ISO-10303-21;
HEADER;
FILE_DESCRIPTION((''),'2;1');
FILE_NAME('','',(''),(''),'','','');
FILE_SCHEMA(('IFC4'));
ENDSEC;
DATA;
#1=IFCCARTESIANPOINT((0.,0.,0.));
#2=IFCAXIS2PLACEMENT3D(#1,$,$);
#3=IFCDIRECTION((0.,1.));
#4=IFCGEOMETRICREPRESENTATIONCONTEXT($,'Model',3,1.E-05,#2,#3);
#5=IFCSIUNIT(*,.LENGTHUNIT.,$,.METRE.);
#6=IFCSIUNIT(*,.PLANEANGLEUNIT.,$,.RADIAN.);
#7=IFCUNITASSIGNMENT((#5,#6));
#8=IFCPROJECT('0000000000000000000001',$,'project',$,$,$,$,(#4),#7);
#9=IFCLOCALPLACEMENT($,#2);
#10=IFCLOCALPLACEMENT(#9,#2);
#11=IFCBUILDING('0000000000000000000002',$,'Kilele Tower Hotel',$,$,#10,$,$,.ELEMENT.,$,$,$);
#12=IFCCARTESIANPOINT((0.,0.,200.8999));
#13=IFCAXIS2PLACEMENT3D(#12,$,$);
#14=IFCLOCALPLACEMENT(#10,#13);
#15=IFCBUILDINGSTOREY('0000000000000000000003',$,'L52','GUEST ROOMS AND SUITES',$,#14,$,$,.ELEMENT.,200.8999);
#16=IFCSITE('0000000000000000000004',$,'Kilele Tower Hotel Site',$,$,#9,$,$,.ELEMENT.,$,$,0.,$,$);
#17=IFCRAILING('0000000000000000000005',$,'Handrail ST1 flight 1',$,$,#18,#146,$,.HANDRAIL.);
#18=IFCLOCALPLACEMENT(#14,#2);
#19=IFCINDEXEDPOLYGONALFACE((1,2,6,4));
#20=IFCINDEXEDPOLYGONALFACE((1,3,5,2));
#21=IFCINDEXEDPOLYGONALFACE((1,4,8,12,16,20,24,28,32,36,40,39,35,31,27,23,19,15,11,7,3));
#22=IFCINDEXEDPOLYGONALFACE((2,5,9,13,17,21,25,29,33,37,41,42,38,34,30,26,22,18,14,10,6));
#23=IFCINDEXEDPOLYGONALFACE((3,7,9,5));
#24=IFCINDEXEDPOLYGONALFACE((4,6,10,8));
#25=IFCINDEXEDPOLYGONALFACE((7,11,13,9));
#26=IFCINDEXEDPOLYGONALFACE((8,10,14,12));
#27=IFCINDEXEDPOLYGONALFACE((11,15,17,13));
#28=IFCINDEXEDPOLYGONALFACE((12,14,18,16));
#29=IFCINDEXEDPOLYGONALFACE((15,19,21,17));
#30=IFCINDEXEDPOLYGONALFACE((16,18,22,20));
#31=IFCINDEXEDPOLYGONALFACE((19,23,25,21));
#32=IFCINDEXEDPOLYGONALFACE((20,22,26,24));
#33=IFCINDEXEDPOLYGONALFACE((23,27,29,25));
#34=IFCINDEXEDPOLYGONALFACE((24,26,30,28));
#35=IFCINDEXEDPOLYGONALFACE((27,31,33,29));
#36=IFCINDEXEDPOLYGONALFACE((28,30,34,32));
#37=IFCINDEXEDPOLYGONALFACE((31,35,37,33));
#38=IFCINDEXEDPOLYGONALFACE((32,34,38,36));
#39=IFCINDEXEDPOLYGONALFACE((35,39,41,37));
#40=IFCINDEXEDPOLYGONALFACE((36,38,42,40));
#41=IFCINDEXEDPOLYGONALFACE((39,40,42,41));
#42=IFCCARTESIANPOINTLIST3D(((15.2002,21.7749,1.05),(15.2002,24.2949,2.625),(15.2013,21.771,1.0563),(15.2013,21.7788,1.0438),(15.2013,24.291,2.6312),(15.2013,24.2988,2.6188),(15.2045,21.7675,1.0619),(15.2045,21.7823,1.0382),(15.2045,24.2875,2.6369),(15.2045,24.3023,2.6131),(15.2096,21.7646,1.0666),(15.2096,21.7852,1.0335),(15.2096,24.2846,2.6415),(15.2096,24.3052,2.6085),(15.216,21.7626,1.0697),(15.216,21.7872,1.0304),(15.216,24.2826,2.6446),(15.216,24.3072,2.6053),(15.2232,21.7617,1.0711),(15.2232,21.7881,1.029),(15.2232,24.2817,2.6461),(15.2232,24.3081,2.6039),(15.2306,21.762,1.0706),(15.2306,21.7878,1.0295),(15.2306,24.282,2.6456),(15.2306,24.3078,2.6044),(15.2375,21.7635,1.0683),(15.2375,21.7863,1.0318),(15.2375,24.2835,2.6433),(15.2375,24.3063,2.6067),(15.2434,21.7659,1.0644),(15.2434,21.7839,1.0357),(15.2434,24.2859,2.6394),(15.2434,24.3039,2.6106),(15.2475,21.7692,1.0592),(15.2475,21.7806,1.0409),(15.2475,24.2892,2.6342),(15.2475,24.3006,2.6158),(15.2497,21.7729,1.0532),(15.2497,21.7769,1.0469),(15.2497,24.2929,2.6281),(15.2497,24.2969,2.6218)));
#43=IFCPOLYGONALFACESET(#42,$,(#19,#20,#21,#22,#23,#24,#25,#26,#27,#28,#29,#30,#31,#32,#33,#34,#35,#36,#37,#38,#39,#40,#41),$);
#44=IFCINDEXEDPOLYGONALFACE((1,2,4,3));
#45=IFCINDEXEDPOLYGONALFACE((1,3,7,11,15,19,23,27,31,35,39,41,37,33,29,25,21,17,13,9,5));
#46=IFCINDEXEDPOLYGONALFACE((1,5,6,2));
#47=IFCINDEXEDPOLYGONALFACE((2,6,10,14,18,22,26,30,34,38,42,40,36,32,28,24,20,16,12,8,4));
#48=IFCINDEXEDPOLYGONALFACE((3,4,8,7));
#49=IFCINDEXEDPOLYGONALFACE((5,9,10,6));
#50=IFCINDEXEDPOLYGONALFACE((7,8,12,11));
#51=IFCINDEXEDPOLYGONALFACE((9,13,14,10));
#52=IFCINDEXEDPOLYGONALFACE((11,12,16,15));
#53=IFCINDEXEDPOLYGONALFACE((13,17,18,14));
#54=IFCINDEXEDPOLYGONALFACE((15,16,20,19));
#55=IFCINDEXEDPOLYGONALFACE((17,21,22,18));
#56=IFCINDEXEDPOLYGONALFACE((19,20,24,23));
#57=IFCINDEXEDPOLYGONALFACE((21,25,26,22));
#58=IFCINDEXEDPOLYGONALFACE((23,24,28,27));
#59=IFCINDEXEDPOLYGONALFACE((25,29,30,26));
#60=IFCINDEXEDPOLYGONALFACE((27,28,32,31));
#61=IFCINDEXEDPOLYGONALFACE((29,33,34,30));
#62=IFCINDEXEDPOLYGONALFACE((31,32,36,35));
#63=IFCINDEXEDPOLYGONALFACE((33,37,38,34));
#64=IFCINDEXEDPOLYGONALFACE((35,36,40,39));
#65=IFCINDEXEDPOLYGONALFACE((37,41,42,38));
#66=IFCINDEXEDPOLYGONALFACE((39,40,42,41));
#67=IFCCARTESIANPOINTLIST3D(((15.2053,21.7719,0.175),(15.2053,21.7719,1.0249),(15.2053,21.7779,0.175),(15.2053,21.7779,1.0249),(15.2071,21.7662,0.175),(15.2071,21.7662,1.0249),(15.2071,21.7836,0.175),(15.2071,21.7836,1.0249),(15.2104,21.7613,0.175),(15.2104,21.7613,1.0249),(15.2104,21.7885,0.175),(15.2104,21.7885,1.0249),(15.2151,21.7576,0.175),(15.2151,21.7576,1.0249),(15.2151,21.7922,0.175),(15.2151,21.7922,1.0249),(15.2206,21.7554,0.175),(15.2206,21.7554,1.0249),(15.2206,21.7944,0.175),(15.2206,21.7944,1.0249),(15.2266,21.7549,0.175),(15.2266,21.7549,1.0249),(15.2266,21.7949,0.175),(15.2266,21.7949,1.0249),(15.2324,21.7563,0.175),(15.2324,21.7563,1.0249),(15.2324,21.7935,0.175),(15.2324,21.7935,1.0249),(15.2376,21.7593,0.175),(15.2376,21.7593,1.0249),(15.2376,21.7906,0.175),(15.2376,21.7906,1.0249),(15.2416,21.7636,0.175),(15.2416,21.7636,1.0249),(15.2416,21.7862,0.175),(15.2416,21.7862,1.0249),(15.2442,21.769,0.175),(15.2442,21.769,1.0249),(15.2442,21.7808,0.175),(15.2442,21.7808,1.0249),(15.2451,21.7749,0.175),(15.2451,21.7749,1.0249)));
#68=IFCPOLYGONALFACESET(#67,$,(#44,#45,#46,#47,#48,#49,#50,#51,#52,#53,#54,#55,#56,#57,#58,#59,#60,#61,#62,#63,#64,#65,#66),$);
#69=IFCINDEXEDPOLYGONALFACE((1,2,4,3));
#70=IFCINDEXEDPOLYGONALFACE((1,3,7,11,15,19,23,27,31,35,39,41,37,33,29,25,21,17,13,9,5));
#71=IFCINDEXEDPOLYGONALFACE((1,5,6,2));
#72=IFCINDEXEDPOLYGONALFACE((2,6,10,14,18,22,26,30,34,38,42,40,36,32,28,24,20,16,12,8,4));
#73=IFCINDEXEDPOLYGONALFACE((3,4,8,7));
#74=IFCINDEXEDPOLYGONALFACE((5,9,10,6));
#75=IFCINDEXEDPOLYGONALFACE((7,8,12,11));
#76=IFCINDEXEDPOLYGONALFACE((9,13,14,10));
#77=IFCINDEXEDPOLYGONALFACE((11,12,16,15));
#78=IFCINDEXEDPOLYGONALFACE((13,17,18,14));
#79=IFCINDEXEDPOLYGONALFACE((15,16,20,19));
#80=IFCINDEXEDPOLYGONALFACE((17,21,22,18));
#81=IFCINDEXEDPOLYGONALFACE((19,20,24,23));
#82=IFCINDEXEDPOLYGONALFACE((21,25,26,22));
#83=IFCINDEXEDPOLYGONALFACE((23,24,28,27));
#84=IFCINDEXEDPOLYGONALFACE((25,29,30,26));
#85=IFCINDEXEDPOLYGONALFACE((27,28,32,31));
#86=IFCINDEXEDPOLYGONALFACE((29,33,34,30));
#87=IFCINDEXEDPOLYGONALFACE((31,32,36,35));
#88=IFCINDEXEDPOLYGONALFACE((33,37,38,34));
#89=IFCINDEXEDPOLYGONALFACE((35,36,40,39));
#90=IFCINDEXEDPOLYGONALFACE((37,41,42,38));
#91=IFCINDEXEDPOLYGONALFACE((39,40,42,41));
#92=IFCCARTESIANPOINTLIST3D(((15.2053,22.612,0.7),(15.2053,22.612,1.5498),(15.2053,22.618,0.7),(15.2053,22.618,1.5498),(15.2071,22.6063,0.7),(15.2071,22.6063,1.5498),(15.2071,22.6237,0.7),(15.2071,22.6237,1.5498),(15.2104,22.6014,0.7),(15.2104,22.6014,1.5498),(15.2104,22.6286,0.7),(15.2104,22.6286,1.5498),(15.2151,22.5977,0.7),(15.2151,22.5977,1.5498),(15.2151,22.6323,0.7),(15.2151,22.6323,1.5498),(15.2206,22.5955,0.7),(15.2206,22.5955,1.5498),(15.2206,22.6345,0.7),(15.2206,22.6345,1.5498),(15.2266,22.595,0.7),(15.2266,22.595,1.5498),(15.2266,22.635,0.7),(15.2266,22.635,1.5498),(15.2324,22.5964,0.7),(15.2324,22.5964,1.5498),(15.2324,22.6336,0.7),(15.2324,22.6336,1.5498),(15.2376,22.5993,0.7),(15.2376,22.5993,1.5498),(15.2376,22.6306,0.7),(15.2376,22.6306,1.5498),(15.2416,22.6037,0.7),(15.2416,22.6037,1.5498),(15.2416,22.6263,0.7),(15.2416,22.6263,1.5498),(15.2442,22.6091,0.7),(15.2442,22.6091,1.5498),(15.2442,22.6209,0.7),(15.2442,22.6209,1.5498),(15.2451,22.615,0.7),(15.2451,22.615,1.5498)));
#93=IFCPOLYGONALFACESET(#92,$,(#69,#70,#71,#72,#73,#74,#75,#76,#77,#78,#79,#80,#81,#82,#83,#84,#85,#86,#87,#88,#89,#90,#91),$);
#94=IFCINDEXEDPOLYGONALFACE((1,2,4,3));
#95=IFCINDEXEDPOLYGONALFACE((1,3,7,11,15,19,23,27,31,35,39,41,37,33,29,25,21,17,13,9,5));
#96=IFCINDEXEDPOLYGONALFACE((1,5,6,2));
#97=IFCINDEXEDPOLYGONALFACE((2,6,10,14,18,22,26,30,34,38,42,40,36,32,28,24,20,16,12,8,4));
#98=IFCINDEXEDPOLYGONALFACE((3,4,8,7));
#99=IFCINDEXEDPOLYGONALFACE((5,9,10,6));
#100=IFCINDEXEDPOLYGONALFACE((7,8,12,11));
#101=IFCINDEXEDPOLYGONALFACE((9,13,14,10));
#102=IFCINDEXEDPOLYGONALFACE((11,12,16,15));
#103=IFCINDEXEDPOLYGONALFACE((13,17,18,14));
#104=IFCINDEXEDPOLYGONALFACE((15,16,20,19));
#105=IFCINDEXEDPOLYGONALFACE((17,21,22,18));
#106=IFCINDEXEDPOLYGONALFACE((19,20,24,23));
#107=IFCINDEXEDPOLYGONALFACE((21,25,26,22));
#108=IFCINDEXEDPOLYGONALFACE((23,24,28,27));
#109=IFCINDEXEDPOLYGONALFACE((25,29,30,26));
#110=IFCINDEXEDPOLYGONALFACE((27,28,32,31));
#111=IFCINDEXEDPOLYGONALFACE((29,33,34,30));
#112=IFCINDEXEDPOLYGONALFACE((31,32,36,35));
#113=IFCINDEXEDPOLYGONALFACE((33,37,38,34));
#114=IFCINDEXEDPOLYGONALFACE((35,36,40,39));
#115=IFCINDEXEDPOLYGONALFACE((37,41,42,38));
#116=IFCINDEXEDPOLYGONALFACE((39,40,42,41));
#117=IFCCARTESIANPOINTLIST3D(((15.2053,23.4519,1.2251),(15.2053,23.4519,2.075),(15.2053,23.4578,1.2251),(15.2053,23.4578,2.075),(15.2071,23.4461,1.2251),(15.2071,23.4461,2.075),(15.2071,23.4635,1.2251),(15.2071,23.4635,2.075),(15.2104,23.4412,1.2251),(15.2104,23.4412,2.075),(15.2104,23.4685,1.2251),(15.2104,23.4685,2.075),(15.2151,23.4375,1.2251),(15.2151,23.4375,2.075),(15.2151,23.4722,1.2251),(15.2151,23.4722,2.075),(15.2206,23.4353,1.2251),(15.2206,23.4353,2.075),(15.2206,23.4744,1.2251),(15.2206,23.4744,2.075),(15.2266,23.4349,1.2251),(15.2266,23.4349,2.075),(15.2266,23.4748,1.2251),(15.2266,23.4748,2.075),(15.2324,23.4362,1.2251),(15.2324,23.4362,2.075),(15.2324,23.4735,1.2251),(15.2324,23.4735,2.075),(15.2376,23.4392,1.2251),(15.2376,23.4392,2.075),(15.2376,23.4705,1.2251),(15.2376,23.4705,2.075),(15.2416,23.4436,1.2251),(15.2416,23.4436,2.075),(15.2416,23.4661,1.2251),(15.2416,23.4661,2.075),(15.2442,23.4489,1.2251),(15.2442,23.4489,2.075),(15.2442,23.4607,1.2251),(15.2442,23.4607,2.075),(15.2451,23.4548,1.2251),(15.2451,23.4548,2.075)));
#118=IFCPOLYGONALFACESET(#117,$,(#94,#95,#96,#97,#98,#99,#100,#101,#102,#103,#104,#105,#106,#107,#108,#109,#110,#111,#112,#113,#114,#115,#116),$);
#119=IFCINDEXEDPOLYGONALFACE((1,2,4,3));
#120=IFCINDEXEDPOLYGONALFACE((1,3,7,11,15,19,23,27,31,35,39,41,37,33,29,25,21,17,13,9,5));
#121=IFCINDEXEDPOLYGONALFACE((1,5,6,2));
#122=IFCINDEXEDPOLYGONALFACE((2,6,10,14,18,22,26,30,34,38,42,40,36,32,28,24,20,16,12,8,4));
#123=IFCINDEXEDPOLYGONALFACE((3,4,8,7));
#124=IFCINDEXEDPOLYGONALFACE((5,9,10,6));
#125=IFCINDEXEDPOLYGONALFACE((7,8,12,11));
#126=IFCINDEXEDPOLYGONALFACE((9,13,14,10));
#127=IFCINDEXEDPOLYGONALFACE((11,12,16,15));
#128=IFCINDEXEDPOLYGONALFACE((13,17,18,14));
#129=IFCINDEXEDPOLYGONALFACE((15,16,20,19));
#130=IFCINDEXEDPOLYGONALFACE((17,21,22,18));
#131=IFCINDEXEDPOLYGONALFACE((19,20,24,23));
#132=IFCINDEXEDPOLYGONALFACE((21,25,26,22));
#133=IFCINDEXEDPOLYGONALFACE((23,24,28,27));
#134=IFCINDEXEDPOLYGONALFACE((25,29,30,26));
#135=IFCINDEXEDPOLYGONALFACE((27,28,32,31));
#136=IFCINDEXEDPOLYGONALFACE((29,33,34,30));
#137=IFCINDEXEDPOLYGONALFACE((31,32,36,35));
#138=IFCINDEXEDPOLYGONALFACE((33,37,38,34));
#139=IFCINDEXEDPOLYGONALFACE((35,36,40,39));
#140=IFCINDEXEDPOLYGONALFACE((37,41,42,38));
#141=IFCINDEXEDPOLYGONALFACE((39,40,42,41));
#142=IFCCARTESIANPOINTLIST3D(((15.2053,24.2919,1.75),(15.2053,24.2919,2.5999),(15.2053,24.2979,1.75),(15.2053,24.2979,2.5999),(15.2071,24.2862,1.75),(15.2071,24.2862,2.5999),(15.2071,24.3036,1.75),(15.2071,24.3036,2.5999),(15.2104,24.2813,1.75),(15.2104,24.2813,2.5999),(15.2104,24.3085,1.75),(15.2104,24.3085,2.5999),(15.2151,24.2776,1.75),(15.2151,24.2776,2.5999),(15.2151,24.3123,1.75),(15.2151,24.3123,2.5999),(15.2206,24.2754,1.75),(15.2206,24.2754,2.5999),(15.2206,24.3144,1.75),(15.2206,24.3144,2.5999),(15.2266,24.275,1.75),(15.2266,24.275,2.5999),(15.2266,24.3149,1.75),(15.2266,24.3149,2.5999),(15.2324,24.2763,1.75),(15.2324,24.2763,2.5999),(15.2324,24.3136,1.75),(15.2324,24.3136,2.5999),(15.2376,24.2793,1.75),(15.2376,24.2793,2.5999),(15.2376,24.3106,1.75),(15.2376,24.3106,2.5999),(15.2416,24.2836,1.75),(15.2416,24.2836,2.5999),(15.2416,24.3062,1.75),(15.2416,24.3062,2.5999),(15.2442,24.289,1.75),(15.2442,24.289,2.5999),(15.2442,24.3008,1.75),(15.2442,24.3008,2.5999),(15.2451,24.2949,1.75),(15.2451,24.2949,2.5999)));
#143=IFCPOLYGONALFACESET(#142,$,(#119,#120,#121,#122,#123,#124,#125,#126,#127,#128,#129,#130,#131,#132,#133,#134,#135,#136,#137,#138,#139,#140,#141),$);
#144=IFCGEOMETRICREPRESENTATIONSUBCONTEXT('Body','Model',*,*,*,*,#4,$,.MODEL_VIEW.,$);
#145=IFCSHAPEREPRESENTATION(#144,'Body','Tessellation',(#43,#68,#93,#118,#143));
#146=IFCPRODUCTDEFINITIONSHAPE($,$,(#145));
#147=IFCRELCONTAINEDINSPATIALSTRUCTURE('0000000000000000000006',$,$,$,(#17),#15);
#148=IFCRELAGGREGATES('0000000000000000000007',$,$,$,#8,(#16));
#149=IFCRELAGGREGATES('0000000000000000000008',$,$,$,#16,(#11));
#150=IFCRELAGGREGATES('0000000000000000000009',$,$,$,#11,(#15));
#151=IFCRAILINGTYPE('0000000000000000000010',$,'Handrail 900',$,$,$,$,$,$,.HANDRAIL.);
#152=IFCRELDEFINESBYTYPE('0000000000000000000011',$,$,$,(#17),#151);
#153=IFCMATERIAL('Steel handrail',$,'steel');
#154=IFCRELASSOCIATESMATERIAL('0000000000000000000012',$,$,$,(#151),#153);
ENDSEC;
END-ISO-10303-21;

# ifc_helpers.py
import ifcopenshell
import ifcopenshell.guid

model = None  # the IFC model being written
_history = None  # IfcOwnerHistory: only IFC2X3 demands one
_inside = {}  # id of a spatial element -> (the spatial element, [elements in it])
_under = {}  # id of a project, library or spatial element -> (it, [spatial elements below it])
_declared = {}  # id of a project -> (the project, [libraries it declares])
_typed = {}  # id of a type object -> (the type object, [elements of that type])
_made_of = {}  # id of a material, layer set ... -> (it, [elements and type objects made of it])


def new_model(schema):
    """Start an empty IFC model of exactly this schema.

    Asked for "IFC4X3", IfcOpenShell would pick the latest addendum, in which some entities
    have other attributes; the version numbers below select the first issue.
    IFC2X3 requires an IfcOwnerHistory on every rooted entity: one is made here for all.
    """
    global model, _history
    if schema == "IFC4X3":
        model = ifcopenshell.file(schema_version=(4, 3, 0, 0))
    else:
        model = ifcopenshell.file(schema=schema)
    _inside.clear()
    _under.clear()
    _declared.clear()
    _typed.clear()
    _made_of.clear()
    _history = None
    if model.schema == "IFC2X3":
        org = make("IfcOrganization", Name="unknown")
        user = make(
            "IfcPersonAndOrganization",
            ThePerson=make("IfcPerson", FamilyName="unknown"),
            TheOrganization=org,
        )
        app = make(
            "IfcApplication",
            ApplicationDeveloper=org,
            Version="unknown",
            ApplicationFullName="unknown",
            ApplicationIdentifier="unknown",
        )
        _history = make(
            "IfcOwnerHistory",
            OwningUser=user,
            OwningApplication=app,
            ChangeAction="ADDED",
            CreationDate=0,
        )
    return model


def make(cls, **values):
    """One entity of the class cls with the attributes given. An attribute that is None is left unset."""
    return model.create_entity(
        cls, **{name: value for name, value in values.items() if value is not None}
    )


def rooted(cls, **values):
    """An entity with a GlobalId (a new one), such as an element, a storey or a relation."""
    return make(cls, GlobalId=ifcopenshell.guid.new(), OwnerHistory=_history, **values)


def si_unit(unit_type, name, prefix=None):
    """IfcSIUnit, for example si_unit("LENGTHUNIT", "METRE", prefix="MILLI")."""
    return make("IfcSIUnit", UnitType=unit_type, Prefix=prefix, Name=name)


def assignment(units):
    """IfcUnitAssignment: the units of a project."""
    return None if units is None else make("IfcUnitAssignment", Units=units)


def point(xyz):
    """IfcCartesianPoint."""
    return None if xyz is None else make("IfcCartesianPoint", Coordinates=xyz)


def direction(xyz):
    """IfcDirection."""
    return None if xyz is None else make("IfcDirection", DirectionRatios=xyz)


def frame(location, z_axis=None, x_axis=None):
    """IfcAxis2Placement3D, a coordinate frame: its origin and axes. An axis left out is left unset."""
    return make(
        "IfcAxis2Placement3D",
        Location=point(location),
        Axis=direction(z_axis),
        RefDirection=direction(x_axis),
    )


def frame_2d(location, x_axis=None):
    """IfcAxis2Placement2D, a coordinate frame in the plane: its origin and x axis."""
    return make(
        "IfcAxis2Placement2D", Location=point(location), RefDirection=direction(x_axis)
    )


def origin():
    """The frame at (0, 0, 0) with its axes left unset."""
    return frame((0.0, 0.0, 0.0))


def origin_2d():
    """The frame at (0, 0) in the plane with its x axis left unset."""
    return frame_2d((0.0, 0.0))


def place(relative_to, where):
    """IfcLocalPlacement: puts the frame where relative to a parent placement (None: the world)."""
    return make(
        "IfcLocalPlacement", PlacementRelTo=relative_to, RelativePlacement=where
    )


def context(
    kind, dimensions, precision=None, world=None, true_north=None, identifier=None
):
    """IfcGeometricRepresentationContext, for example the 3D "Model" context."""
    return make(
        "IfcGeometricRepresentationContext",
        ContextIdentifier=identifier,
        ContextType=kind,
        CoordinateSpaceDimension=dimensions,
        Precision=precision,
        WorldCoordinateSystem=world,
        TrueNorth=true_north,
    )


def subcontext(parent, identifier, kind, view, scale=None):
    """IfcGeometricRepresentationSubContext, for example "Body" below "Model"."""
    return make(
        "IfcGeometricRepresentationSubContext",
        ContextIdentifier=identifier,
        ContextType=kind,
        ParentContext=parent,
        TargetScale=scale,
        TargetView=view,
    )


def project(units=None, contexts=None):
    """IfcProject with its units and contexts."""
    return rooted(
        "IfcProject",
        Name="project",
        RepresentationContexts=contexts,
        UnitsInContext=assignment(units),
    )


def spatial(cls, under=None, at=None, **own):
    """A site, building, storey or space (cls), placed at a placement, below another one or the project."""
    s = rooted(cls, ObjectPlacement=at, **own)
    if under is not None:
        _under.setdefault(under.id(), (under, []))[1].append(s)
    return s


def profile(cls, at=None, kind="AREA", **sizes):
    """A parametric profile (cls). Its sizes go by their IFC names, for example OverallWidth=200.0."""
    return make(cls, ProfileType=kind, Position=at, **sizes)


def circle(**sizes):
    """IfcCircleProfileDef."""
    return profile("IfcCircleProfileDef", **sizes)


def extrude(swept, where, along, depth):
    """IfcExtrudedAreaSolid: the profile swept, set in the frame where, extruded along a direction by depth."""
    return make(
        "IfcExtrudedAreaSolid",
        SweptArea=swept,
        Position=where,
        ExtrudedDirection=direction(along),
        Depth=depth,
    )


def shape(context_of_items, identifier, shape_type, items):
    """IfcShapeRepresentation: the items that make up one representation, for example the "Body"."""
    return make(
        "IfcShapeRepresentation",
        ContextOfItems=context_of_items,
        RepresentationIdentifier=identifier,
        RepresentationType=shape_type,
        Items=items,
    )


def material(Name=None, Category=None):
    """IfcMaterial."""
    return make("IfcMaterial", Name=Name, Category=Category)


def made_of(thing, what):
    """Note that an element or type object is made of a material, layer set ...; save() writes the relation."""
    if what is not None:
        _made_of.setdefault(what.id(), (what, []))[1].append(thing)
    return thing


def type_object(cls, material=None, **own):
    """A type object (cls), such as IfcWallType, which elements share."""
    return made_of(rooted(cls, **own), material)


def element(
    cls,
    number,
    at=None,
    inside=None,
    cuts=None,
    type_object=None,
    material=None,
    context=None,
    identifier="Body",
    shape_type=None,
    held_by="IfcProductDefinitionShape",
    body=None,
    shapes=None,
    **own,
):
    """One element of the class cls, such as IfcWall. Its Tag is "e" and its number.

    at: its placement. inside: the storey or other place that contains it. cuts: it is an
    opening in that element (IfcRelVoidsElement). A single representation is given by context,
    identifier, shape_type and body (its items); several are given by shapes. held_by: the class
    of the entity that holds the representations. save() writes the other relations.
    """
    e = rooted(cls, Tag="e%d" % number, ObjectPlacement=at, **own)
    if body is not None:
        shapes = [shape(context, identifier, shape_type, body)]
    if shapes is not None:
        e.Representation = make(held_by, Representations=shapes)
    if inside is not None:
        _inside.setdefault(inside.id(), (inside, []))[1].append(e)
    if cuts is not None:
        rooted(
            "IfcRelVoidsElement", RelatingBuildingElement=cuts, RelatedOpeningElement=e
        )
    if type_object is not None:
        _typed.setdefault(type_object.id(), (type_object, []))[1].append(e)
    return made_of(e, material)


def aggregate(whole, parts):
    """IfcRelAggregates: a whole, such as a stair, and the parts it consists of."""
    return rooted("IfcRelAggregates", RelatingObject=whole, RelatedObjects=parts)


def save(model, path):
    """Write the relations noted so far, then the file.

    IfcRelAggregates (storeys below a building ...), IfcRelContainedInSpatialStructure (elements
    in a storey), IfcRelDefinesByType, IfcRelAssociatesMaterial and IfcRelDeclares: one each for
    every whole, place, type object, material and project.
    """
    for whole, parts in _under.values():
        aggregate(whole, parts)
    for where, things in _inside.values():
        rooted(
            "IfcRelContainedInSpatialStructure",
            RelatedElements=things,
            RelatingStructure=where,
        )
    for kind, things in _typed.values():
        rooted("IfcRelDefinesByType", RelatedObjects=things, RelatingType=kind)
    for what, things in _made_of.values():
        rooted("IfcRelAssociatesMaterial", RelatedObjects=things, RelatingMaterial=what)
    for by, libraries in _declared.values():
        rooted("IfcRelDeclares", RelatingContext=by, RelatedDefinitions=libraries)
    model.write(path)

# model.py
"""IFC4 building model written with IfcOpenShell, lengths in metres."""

from ifc_helpers import new_model, si_unit, direction, frame, origin, origin_2d, place, context, subcontext, project, spatial, circle, extrude, material, type_object, element, save


model = new_model("IFC4")

# Units and contexts
model_context = context("Model", 3, precision=1e-05, world=origin(), true_north=direction((0.0, 1.0)))
body_context = subcontext(model_context, "Body", "Model", "MODEL_VIEW")
ifc_project = project(units=[si_unit("LENGTHUNIT", "METRE"), si_unit("PLANEANGLEUNIT", "RADIAN")], contexts=[model_context])

# Site, building, storey
site_placement = place(None, origin())
site = spatial("IfcSite", under=ifc_project, at=site_placement, Name="Kilele Tower Hotel Site", CompositionType="ELEMENT", RefElevation=0.0)
building_placement = place(site_placement, origin())
building = spatial("IfcBuilding", under=site, at=building_placement, Name="Kilele Tower Hotel", CompositionType="ELEMENT")
storey_placement = place(building_placement, frame((0.0, 0.0, 200.8999)))
storey = spatial("IfcBuildingStorey", under=building, at=storey_placement, Name="L52", Description="GUEST ROOMS AND SUITES", CompositionType="ELEMENT", Elevation=200.8999)

# Railing
ifc_material_1 = material(Name="Steel handrail", Category="steel")
railing_type_1 = type_object("IfcRailingType", Name="Handrail 900", PredefinedType="HANDRAIL", material=ifc_material_1)
for number, where, name in (
    (1, (15.2251, 21.7749, 0.175), "Handrail ST1 flight 1"),
):
    element("IfcRailing", number, at=place(storey_placement, frame(where)), inside=storey, type_object=railing_type_1, Name=name, PredefinedType="HANDRAIL", context=body_context, shape_type="SweptSolid", body=[
        extrude(circle(Radius=0.0249, at=origin_2d()), frame((0.0, 0.0, 0.875), z_axis=(0.0, 0.848008, 0.529984), x_axis=(-1.0, 0.0, 0.0)), (0.0, 0.0, 1.0), 2.9717),
        extrude(circle(Radius=0.02, at=origin_2d()), origin(), (0.0, 0.0, 1.0), 0.8499),
        extrude(circle(Radius=0.02, at=origin_2d()), frame((0.0, 0.8401, 0.5249)), (0.0, 0.0, 1.0), 0.8499),
        extrude(circle(Radius=0.02, at=origin_2d()), frame((0.0, 1.6799, 1.05)), (0.0, 0.0, 1.0), 0.8499),
        extrude(circle(Radius=0.02, at=origin_2d()), frame((0.0, 2.52, 1.575)), (0.0, 0.0, 1.0), 0.8499),
    ])

save(model, "model.ifc")
